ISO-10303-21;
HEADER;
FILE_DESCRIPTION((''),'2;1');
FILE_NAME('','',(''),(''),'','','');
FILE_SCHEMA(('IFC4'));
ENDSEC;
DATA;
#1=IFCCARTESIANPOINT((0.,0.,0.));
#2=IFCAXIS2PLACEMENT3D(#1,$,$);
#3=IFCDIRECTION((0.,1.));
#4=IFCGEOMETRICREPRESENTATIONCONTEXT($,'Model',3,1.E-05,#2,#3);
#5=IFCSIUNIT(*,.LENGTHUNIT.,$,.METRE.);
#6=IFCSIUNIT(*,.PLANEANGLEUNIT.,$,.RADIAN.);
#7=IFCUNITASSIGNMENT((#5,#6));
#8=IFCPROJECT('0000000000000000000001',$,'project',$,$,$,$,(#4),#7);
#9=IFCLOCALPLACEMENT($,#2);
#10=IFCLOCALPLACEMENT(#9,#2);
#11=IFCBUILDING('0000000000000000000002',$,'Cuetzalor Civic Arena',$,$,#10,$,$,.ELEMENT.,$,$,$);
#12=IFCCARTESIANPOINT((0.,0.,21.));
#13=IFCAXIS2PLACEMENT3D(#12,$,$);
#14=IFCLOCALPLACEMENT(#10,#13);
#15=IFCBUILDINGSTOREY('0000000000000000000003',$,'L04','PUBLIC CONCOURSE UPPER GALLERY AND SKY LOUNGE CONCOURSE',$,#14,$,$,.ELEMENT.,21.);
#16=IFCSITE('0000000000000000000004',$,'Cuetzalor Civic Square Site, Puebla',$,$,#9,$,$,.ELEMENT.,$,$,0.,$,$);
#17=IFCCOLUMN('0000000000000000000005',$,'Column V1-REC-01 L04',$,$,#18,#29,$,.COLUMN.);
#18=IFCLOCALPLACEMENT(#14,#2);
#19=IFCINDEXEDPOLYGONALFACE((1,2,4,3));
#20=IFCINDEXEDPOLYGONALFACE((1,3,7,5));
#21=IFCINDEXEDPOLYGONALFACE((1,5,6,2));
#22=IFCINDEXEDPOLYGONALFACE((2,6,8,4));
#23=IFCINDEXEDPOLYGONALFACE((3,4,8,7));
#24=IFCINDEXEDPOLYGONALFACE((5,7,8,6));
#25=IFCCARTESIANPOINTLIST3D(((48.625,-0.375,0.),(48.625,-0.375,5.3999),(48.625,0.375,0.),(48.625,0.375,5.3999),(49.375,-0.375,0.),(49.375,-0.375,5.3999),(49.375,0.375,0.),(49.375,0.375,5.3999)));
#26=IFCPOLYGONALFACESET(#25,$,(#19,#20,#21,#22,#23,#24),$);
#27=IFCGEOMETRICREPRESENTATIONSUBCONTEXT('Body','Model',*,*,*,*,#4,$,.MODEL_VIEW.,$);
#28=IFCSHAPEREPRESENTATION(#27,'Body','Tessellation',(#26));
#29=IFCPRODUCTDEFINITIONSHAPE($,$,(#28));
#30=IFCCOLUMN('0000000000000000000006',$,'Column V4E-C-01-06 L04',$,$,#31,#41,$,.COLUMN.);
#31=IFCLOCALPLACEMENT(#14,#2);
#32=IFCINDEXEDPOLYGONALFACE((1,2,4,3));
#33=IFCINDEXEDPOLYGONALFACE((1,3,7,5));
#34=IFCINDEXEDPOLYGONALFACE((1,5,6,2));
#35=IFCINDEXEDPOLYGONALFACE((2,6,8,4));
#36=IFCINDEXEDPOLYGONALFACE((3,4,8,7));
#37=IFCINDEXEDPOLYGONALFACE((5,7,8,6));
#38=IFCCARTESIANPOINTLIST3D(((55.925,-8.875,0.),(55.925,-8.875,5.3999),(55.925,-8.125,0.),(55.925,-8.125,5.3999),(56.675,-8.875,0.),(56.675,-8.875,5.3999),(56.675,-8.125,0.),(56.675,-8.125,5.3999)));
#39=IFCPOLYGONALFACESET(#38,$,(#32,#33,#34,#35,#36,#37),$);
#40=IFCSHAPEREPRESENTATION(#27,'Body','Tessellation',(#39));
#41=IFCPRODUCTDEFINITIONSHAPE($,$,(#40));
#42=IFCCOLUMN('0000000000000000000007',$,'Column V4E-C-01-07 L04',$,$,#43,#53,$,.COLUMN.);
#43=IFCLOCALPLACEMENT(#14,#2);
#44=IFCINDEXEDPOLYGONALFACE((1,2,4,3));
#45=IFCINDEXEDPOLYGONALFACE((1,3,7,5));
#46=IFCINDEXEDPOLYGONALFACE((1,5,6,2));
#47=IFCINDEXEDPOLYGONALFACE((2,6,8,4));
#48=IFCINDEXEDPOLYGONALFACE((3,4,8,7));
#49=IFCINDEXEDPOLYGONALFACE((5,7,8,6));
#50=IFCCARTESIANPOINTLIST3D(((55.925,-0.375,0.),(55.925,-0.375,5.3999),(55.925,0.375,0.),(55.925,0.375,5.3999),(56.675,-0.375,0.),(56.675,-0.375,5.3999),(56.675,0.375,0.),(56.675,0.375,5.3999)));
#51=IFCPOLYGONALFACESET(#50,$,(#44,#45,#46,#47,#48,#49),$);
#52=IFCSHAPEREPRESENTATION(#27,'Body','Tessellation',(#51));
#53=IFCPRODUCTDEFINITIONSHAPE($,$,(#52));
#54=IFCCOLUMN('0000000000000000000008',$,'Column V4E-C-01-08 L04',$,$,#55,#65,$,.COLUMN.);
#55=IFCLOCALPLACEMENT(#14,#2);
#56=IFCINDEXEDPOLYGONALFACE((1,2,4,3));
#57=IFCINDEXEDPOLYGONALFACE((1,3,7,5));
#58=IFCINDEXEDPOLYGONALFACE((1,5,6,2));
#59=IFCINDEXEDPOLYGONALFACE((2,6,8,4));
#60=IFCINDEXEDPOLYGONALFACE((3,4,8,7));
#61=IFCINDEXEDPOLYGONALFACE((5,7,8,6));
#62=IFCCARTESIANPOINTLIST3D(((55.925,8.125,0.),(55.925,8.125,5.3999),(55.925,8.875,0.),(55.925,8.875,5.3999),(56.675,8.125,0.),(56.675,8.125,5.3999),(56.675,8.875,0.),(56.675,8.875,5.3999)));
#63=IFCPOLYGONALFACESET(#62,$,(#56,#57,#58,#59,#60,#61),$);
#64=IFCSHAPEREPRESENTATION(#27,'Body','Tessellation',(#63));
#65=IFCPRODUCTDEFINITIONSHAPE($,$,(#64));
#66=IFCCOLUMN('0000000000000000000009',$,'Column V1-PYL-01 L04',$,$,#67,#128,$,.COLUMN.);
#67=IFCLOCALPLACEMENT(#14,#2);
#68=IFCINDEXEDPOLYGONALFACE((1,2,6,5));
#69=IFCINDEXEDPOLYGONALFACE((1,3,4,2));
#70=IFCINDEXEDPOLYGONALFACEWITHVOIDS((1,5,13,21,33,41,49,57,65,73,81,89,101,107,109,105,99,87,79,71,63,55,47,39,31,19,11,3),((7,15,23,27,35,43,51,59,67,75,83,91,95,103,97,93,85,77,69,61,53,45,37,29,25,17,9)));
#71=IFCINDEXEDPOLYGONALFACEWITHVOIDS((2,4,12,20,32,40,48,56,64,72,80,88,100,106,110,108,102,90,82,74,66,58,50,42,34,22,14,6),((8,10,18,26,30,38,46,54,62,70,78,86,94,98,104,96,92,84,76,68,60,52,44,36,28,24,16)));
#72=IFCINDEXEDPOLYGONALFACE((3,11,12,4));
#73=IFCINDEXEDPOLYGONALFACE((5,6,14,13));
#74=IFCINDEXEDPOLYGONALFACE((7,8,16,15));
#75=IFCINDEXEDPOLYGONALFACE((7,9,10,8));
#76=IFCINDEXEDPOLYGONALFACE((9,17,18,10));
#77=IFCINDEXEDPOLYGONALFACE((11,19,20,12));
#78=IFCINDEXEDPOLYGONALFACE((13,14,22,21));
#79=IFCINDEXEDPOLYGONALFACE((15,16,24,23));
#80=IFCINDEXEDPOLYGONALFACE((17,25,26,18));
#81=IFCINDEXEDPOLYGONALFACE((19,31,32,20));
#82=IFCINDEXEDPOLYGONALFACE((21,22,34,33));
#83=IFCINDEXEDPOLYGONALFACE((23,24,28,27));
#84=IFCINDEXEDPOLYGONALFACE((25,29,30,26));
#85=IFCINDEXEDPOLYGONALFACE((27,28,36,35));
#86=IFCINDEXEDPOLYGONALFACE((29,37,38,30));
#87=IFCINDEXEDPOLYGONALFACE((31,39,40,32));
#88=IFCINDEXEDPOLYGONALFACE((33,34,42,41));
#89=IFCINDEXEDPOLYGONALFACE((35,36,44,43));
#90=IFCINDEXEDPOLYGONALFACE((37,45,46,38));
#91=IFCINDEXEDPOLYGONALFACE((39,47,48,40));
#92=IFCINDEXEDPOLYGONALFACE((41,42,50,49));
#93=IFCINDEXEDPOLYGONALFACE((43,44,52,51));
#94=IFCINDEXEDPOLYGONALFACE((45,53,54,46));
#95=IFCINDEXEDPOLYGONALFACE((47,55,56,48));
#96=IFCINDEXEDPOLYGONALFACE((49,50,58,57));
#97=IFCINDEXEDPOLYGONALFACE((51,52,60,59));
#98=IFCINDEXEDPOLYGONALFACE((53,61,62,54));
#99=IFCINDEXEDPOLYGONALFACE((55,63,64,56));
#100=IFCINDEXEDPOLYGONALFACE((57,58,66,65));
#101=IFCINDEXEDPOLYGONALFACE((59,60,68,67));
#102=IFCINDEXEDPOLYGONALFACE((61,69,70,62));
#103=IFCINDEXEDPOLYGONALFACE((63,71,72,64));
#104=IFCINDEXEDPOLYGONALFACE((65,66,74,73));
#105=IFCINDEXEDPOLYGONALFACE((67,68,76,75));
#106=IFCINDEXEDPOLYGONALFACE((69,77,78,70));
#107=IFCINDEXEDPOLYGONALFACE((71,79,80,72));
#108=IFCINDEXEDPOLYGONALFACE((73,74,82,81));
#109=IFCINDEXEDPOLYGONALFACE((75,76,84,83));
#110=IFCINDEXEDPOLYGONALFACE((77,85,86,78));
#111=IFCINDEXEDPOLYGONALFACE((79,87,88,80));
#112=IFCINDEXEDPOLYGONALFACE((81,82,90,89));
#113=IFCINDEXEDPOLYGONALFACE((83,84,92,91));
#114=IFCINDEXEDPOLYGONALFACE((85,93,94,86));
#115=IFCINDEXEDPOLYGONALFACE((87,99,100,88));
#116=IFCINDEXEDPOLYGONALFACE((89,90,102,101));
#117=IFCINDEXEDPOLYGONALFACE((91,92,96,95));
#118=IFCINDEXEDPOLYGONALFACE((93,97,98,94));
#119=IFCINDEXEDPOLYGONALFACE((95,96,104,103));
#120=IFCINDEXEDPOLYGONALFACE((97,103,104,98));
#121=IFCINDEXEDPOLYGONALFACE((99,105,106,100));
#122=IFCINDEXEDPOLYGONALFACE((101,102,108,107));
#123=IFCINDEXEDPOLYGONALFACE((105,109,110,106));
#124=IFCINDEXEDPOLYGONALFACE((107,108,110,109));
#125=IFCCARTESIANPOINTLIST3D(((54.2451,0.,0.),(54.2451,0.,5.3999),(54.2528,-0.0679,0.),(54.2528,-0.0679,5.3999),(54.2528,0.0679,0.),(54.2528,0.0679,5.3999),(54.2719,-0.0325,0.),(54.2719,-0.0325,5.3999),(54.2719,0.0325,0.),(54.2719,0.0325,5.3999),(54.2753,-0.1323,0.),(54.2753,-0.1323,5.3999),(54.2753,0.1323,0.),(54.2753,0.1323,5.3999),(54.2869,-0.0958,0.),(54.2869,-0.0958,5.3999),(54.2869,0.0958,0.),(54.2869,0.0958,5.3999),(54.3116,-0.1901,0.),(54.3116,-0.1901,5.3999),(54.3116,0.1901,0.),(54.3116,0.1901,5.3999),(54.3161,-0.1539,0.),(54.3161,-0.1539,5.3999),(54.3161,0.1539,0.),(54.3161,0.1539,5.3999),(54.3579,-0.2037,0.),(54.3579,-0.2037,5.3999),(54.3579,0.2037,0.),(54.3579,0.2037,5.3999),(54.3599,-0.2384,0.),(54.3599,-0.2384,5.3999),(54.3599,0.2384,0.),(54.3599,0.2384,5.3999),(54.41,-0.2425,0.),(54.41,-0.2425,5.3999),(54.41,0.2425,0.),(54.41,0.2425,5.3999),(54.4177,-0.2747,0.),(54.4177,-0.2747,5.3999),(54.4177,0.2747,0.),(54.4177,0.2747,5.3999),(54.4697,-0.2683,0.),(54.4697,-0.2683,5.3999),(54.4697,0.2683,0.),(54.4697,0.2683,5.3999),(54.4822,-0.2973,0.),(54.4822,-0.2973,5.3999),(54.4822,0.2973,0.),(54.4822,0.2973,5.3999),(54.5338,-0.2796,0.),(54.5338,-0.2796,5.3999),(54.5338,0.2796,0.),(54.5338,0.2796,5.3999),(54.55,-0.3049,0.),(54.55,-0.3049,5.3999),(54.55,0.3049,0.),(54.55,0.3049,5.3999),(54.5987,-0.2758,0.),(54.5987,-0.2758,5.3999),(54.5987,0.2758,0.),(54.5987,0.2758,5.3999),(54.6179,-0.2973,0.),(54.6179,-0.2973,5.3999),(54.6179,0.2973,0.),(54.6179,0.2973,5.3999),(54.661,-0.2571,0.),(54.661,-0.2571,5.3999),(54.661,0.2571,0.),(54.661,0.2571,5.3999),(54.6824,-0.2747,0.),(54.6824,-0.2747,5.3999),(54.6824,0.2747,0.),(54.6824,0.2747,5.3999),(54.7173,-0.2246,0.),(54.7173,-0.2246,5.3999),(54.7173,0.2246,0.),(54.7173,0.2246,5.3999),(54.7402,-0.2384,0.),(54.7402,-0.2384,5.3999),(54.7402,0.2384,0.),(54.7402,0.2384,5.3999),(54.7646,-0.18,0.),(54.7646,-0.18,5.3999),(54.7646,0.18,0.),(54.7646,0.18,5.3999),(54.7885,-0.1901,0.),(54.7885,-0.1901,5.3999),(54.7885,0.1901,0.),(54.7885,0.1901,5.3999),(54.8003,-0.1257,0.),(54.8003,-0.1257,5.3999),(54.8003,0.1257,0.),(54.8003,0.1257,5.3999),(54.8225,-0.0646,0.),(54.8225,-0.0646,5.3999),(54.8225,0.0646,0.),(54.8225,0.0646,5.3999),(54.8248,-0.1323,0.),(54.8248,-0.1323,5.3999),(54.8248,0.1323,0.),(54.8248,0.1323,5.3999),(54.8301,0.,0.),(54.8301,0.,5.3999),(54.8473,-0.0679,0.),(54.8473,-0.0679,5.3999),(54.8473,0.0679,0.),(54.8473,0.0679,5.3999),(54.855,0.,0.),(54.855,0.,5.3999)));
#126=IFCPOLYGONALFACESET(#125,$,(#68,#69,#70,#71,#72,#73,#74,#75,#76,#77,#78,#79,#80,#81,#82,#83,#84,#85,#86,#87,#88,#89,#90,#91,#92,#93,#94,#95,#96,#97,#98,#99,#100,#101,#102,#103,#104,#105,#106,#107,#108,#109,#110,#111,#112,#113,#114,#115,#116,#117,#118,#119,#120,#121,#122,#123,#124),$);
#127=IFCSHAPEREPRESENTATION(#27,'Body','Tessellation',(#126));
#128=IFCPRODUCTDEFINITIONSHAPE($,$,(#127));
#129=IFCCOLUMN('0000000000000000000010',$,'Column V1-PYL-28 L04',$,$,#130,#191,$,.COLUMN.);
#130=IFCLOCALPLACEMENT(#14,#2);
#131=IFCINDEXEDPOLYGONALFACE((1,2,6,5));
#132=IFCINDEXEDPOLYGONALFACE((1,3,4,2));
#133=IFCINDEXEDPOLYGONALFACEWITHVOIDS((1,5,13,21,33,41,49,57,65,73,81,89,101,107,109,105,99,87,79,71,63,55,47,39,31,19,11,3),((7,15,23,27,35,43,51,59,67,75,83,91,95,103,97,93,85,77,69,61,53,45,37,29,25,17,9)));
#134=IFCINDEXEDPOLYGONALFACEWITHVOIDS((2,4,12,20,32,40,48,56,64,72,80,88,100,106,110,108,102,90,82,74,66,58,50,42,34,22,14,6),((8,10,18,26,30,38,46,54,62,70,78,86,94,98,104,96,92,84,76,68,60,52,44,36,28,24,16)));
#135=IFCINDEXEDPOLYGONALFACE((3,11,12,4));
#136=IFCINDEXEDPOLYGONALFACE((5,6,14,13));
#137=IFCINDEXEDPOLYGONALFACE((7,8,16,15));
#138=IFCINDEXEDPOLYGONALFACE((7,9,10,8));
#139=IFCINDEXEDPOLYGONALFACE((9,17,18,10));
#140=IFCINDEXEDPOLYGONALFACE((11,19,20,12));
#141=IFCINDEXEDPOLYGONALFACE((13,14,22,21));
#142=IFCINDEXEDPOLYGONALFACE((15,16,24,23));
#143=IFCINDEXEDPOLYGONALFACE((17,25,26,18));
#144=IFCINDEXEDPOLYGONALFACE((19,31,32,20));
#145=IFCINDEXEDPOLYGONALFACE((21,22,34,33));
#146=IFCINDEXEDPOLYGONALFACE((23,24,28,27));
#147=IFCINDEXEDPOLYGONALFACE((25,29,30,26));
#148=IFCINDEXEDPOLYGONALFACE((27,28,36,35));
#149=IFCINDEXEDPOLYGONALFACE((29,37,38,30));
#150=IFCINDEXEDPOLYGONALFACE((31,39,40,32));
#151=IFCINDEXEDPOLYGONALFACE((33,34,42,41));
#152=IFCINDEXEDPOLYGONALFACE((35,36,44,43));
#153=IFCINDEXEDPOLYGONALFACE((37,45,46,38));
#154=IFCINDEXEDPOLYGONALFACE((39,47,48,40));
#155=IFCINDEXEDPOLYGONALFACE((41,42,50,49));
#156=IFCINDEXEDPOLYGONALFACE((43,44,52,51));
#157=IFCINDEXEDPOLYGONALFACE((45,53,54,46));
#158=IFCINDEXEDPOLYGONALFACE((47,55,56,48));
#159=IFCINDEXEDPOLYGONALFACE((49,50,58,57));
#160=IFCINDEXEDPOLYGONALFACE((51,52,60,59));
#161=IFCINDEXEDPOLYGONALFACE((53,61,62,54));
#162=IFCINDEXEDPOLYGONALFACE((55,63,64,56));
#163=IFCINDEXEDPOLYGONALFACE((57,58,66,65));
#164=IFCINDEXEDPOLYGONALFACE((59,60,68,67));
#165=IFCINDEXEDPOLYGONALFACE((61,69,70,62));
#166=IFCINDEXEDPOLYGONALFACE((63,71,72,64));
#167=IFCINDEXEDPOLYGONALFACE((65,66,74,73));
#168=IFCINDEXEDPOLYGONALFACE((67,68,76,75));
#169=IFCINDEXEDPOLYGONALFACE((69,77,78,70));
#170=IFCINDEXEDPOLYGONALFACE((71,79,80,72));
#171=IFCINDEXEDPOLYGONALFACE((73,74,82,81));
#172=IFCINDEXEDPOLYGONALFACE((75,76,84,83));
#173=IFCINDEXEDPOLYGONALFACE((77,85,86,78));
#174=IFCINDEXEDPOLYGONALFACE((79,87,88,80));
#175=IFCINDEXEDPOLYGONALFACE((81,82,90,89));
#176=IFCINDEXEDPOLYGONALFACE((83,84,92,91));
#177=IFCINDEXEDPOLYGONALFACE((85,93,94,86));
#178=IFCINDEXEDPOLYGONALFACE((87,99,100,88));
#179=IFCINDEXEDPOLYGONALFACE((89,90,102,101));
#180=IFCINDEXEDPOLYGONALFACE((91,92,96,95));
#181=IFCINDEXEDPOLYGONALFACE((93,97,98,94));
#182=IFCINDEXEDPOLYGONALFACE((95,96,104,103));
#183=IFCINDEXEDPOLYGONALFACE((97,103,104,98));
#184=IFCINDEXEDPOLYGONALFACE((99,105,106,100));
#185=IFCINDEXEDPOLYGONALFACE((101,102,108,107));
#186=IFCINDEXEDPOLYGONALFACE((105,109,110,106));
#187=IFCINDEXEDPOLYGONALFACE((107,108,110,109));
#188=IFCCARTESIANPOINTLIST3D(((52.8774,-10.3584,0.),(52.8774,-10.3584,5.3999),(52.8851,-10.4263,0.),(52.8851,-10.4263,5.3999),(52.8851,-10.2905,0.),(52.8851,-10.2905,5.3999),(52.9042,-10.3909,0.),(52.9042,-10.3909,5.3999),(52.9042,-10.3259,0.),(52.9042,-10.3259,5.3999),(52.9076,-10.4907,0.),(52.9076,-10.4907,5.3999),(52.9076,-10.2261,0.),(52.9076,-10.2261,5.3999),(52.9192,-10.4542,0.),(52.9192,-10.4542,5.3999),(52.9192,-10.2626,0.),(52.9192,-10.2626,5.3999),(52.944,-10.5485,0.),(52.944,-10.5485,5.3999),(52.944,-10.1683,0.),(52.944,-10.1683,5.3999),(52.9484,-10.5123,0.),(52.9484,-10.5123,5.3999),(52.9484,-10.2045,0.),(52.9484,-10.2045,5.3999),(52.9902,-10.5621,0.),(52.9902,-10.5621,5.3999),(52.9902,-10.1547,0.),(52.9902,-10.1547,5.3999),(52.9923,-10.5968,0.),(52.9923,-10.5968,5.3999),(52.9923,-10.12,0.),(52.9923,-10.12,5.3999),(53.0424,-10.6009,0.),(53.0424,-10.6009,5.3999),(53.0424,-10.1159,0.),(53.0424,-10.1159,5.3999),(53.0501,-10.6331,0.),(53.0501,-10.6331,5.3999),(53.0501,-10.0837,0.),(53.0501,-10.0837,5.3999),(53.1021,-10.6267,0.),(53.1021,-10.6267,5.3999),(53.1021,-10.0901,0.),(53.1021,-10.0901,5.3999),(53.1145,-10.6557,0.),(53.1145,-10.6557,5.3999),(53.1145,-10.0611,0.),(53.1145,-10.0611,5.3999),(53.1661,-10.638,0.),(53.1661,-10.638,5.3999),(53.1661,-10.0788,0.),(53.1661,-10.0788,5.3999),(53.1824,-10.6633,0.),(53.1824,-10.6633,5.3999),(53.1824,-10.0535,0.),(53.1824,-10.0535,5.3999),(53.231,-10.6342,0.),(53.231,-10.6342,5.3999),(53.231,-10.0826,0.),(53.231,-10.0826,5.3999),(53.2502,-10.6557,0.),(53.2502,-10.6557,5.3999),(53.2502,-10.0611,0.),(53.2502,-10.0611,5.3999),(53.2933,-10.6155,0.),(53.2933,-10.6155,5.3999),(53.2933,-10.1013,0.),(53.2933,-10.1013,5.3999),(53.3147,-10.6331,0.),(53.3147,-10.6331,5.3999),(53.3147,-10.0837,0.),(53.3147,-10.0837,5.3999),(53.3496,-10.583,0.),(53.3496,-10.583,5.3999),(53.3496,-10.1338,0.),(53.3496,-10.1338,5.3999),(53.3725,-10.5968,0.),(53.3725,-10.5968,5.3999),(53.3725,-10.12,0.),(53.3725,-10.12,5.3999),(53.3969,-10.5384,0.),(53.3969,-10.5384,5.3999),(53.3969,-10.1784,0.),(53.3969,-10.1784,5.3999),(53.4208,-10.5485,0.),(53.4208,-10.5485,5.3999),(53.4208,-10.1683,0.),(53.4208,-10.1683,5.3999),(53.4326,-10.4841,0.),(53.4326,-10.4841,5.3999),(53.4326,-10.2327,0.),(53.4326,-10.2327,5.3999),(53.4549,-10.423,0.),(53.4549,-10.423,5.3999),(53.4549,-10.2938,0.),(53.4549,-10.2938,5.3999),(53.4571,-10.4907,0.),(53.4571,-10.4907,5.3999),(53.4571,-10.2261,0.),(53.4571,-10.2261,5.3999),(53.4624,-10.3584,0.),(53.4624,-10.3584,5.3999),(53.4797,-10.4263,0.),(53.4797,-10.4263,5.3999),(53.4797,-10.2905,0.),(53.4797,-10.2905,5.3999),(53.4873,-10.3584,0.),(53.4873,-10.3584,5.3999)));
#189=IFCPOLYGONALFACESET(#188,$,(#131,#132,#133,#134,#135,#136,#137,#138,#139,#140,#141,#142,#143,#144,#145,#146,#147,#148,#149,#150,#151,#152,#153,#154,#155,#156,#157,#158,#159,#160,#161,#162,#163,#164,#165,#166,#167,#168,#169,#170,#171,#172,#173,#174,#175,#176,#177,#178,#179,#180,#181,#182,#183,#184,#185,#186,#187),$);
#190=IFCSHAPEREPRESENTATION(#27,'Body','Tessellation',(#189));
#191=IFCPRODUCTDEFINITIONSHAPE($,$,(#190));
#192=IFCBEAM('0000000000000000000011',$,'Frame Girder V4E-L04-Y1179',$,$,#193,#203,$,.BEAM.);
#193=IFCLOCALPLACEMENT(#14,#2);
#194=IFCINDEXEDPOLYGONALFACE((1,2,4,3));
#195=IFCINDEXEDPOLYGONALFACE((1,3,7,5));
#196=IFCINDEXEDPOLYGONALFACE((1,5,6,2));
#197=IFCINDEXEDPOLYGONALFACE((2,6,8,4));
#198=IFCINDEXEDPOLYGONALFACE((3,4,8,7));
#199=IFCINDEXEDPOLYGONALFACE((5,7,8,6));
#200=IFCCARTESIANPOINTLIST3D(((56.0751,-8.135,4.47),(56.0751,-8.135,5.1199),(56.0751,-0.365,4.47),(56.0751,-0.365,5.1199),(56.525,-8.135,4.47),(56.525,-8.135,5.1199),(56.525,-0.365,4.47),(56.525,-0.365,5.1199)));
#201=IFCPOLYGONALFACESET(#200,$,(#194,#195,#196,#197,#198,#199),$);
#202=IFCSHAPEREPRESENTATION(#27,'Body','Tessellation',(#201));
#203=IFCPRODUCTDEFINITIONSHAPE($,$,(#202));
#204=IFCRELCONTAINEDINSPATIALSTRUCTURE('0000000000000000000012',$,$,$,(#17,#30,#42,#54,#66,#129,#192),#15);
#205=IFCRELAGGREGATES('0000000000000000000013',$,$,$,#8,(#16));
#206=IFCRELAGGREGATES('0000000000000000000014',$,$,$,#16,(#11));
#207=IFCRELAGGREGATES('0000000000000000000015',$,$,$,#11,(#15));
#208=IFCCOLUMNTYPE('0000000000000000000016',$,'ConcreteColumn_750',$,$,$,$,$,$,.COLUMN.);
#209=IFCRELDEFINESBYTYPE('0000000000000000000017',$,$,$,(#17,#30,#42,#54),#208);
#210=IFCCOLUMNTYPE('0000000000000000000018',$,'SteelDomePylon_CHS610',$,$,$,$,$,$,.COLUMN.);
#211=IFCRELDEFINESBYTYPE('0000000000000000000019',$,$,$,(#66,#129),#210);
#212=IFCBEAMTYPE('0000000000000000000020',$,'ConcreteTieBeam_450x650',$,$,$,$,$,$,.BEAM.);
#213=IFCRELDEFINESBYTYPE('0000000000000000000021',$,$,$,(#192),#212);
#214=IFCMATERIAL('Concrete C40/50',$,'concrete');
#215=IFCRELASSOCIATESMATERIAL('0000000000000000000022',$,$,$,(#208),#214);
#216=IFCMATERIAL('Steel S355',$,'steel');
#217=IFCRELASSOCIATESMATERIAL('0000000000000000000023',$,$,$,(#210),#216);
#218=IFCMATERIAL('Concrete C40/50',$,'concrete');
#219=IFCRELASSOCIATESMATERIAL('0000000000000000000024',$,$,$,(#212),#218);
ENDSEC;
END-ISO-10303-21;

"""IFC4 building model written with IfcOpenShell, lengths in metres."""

from ifc_helpers import new_model, si_unit, direction, frame, origin, origin_2d, place, context, subcontext, project, spatial, rectangle, hollow_circle, extrude, material, material_profile, profile_set, type_object, element, save


model = new_model("IFC4")

# Units and contexts
model_context = context("Model", 3, precision=1e-05, world=origin(), true_north=direction((0.0, 1.0)))
body_context = subcontext(model_context, "Body", "Model", "MODEL_VIEW")
ifc_project = project(units=[si_unit("LENGTHUNIT", "METRE"), si_unit("PLANEANGLEUNIT", "RADIAN")], contexts=[model_context])

# Site, building, storey
site_placement = place(None, origin())
site = spatial("IfcSite", under=ifc_project, at=site_placement, Name="Cuetzalor Civic Square Site, Puebla", CompositionType="ELEMENT", RefElevation=0.0)
building_placement = place(site_placement, origin())
building = spatial("IfcBuilding", under=site, at=building_placement, Name="Cuetzalor Civic Arena", CompositionType="ELEMENT")
storey_placement = place(building_placement, frame((0.0, 0.0, 21.0)))
storey = spatial("IfcBuildingStorey", under=building, at=storey_placement, Name="L04", Description="PUBLIC CONCOURSE UPPER GALLERY AND SKY LOUNGE CONCOURSE", CompositionType="ELEMENT", Elevation=21.0)

# Columns
ifc_material_1 = material(Name="Concrete C40/50", Category="concrete")
ifc_material_profile_1 = material_profile(ifc_material_1, rectangle(XDim=0.75, YDim=0.75, at=origin_2d()), Name="RC 750x750")
ifc_profile_set_1 = profile_set([ifc_material_profile_1], Name="Concrete C40/50")
column_type_1 = type_object("IfcColumnType", Name="ConcreteColumn_750", PredefinedType="COLUMN", material=ifc_profile_set_1)
for number, where, z_axis, x_axis, name in (
    (1, (49.0, 0.0, 0.0), (0.0, 0.0, 1.0), (1.0, 0.0, 0.0), "Column V1-REC-01 L04"),
    (2, (56.3, -8.5, 0.0), (0.0, 0.0, 1.0), (1.0, 0.0, 0.0), "Column V4E-C-01-06 L04"),
    (3, (56.3, 0.0, 0.0), (0.0, 0.0, 1.0), (1.0, 0.0, 0.0), "Column V4E-C-01-07 L04"),
    (4, (56.3, 8.5, 0.0), (0.0, 0.0, 1.0), (1.0, 0.0, 0.0), "Column V4E-C-01-08 L04"),
):
    element("IfcColumn", number, at=place(storey_placement, frame(where, z_axis=z_axis, x_axis=x_axis)), inside=storey, type_object=column_type_1, Name=name, PredefinedType="COLUMN", context=body_context, shape_type="SweptSolid", body=[
        extrude(rectangle(XDim=0.75, YDim=0.75, at=origin_2d()), origin(), (0.0, 0.0, 1.0), 5.3999),
    ])
ifc_material_2 = material(Name="Steel S355", Category="steel")
ifc_material_profile_2 = material_profile(ifc_material_2, hollow_circle(Radius=0.3049, WallThickness=0.0249, at=origin_2d()), Name="CHS 610x25")
ifc_profile_set_2 = profile_set([ifc_material_profile_2], Name="Steel S355")
column_type_2 = type_object("IfcColumnType", Name="SteelDomePylon_CHS610", PredefinedType="COLUMN", material=ifc_profile_set_2)
for number, where, z_axis, x_axis, name in (
    (5, (54.55, 0.0, 0.0), (0.0, 0.0, 1.0), (1.0, 0.0, 0.0), "Column V1-PYL-01 L04"),
    (6, (53.1824, -10.3584, 0.0), (0.0, 0.0, 1.0), (1.0, 0.0, 0.0), "Column V1-PYL-28 L04"),
):
    element("IfcColumn", number, at=place(storey_placement, frame(where, z_axis=z_axis, x_axis=x_axis)), inside=storey, type_object=column_type_2, Name=name, PredefinedType="COLUMN", context=body_context, shape_type="SweptSolid", body=[
        extrude(hollow_circle(Radius=0.3049, WallThickness=0.0249, at=origin_2d()), origin(), (0.0, 0.0, 1.0), 5.3999),
    ])

# Beam
ifc_material_3 = material(Name="Concrete C40/50", Category="concrete")
ifc_material_profile_3 = material_profile(ifc_material_3, rectangle(XDim=0.45, YDim=0.6499, at=origin_2d()), Name="RC 450x650")
ifc_profile_set_3 = profile_set([ifc_material_profile_3], Name="Concrete C40/50")
beam_type_1 = type_object("IfcBeamType", Name="ConcreteTieBeam_450x650", PredefinedType="BEAM", material=ifc_profile_set_3)
for number, where, z_axis, x_axis, name in (
    (7, (56.3, -8.135, 4.7949), (0.0, 1.0, 0.0), (-1.0, 0.0, 0.0), "Frame Girder V4E-L04-Y1179"),
):
    element("IfcBeam", number, at=place(storey_placement, frame(where, z_axis=z_axis, x_axis=x_axis)), inside=storey, type_object=beam_type_1, Name=name, PredefinedType="BEAM", context=body_context, shape_type="SweptSolid", body=[
        extrude(rectangle(XDim=0.45, YDim=0.6499, at=origin_2d()), origin(), (0.0, 0.0, 1.0), 7.77),
    ])

save(model, "model.ifc")
